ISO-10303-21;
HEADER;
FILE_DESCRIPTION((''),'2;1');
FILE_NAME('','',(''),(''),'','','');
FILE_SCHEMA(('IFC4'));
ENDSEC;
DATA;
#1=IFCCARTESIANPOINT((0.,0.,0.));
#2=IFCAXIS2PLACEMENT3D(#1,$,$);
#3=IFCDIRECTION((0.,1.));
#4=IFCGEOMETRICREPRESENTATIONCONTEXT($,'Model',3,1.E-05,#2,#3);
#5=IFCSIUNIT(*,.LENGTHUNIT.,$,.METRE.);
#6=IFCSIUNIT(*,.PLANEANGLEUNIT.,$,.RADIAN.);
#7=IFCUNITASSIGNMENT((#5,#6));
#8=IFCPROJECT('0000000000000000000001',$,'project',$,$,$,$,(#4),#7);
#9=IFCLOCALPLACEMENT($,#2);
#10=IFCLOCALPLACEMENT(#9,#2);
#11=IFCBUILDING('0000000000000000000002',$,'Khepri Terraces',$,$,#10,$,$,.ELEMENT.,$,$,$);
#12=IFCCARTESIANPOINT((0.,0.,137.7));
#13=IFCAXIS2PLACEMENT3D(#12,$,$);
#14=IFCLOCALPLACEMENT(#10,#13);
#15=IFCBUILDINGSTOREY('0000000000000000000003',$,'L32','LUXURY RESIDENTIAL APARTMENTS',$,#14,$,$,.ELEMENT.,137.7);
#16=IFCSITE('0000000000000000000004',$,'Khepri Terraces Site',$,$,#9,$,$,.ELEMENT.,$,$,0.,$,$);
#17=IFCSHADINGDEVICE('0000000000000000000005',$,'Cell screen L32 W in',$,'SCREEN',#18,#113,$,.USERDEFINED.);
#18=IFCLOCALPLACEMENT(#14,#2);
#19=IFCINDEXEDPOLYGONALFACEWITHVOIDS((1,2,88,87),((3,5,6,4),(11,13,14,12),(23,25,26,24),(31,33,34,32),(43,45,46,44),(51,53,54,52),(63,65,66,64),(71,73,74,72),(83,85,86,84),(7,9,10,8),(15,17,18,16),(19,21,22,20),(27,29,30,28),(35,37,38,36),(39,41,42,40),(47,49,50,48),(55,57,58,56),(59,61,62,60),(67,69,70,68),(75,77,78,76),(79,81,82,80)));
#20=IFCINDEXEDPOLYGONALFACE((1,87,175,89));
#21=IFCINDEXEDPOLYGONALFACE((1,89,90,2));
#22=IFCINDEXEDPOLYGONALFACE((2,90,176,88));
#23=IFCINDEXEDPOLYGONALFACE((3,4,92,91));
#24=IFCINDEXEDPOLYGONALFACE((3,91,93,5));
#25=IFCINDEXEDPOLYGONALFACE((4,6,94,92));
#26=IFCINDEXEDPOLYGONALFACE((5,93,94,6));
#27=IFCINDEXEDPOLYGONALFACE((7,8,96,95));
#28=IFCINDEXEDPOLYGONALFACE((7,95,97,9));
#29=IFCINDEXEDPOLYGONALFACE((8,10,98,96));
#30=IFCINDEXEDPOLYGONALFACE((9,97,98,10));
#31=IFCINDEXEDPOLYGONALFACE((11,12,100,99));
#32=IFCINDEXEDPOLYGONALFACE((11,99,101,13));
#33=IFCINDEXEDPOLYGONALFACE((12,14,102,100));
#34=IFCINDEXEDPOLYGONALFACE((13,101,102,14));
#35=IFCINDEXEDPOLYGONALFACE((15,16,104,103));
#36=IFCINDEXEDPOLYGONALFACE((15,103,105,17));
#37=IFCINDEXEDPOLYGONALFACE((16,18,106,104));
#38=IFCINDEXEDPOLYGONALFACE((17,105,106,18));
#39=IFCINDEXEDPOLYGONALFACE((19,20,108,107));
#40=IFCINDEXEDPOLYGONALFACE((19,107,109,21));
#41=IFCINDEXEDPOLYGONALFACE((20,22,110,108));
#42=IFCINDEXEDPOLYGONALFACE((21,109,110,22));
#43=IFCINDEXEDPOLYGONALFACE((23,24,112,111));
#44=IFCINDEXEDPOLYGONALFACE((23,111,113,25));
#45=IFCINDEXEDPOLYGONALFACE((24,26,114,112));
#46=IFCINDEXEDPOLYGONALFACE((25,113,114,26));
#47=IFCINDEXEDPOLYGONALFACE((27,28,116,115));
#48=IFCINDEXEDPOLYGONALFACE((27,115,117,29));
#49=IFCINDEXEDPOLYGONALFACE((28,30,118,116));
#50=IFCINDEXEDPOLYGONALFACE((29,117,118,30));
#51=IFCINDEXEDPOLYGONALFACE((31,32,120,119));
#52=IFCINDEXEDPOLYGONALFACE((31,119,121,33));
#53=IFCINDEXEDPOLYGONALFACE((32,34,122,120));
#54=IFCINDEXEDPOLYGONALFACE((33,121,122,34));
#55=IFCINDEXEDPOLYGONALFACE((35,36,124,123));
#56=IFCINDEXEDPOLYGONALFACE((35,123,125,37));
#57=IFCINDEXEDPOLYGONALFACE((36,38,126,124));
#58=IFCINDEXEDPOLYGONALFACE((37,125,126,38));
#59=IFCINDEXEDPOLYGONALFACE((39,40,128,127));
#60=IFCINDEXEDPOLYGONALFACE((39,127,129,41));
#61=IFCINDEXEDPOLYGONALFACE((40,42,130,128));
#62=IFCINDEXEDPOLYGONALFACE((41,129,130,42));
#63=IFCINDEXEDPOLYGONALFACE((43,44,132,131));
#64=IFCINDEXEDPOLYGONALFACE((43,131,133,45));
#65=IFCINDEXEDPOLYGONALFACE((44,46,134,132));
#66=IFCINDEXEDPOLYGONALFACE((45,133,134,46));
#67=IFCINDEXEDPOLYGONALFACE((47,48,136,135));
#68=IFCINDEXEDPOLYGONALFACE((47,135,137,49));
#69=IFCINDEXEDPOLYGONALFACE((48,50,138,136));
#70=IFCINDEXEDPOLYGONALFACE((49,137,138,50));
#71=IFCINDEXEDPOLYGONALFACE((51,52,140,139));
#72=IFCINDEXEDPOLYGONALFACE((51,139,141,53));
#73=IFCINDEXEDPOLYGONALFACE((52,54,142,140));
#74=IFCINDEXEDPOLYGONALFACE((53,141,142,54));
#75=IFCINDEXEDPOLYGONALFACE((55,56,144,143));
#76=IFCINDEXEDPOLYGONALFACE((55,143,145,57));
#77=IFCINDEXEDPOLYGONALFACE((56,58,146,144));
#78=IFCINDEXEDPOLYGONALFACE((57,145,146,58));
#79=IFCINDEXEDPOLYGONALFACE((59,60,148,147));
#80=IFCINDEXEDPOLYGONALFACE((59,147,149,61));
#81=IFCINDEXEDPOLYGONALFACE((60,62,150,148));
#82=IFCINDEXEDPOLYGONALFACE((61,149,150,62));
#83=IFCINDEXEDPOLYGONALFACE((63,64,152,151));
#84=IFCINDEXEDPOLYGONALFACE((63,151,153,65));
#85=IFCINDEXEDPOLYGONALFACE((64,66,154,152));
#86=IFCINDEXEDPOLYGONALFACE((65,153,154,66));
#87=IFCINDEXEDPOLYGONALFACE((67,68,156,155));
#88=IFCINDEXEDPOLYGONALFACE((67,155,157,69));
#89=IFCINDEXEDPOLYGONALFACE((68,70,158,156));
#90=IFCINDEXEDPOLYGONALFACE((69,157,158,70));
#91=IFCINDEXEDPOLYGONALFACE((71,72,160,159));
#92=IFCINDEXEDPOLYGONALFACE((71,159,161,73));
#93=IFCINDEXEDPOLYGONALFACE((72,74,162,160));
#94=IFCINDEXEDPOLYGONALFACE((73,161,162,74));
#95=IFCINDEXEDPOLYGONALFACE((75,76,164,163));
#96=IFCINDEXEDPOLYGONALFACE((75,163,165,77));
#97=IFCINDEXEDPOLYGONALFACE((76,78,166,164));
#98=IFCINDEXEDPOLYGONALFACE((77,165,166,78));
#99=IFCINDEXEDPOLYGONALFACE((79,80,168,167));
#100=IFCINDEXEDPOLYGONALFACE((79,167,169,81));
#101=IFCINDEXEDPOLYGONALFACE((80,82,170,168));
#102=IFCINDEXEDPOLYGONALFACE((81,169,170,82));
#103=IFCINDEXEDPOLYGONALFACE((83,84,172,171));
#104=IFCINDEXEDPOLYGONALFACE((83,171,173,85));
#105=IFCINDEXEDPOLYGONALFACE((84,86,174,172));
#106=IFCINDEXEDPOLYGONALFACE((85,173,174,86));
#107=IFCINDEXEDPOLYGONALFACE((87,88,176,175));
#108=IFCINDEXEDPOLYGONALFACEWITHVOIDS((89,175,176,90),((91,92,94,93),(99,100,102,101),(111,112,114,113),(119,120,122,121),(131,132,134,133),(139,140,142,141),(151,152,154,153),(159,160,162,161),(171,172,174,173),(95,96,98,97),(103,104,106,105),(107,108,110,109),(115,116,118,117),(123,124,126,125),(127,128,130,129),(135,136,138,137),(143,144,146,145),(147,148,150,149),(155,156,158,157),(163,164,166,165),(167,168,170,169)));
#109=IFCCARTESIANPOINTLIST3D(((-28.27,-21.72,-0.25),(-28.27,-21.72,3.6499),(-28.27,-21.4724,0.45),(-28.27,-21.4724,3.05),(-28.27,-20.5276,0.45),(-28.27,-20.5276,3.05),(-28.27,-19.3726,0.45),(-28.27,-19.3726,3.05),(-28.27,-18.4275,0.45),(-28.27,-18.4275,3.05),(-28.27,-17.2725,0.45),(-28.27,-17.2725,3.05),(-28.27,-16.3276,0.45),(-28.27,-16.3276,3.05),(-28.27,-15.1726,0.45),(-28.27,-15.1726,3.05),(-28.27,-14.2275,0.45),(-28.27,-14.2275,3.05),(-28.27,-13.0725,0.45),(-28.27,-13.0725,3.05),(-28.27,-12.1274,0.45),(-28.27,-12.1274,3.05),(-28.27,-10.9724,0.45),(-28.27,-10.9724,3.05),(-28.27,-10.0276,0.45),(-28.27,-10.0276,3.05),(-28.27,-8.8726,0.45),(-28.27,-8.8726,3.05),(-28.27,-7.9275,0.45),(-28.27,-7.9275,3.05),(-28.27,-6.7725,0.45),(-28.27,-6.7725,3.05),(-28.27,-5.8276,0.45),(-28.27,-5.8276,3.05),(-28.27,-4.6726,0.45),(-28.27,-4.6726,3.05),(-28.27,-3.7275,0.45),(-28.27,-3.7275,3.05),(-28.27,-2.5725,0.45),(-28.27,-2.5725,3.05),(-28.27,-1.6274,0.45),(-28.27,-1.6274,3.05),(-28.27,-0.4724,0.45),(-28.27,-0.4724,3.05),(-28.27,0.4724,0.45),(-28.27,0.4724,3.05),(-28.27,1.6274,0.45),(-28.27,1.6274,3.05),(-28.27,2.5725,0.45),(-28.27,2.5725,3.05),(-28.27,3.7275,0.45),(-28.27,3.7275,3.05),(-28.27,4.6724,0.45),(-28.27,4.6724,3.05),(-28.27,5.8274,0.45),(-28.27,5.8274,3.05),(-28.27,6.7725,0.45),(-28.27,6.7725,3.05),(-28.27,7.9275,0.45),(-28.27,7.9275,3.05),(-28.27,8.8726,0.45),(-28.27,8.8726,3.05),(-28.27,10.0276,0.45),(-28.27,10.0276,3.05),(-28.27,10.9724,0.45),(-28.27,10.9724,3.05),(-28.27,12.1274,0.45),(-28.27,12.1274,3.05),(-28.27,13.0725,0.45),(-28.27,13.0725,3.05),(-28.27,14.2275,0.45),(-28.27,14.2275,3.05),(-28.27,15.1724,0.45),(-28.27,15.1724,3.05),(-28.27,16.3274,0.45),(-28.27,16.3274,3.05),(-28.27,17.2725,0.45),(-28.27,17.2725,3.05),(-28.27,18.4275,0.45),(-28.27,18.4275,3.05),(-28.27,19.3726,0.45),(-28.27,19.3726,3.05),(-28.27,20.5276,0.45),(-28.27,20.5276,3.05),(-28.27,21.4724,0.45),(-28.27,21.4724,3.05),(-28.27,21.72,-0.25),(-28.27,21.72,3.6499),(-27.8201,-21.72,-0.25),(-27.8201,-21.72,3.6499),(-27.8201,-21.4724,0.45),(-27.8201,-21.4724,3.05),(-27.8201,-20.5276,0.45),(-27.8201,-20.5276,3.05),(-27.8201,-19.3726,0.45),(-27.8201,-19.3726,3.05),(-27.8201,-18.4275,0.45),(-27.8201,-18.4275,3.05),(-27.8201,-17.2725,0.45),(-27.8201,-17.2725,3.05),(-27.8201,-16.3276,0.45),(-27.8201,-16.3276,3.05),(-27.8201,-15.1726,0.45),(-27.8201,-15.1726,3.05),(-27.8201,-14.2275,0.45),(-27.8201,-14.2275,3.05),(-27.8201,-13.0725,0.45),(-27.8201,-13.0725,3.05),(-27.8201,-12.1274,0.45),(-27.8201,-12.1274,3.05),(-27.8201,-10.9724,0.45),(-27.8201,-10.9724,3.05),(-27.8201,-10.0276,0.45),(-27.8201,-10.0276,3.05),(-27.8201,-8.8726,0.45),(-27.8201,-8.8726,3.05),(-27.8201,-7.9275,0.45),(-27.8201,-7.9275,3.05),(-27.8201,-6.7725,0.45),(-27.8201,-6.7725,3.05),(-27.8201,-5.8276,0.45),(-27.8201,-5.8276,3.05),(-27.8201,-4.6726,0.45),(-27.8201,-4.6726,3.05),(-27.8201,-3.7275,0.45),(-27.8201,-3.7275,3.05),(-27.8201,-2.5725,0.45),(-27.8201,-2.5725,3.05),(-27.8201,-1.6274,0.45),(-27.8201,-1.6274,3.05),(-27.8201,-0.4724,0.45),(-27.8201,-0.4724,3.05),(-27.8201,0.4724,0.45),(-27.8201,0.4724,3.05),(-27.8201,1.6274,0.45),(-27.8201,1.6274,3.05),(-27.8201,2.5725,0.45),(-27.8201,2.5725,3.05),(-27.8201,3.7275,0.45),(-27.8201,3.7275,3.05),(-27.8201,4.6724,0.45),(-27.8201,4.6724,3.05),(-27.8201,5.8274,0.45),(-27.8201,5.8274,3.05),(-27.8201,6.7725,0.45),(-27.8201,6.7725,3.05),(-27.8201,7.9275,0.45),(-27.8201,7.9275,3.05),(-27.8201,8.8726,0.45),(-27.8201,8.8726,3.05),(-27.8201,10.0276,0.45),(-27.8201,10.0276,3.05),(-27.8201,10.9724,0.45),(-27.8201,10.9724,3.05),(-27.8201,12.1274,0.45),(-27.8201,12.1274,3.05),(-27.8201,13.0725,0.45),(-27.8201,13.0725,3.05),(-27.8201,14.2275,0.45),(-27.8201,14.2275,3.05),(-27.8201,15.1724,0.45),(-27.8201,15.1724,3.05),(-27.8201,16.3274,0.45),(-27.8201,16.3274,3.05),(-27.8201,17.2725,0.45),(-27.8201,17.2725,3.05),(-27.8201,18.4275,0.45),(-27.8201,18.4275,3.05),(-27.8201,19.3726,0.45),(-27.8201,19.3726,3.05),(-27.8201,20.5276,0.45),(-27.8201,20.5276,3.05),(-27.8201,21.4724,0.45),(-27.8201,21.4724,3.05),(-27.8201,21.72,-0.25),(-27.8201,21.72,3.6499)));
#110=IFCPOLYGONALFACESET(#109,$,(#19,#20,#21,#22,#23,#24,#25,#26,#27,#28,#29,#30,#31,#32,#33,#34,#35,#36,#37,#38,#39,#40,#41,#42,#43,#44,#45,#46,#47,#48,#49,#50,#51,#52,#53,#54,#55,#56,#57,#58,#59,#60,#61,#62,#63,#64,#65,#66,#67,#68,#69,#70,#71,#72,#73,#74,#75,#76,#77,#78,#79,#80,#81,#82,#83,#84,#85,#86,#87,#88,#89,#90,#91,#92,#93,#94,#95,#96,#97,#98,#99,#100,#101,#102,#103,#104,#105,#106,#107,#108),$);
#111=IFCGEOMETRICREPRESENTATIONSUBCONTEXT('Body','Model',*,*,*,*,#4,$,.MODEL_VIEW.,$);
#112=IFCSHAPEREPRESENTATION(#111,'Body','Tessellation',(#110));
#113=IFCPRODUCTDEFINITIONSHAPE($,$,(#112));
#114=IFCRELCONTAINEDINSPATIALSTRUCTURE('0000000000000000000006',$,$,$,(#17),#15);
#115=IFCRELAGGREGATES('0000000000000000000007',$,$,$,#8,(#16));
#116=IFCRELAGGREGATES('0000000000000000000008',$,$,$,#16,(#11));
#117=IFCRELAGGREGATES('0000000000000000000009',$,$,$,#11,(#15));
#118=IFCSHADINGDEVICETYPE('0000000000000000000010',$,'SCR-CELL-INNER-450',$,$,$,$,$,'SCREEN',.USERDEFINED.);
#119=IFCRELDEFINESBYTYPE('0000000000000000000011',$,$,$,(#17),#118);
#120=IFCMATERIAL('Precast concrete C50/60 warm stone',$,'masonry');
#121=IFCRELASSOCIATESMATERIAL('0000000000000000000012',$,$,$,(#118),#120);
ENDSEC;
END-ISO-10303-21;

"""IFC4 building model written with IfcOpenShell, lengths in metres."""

from ifc_helpers import new_model, si_unit, direction, frame, origin, place, context, subcontext, project, spatial, polyline, outline, extrude, material, type_object, element, save


model = new_model("IFC4")

# Units and contexts
model_context = context("Model", 3, precision=1e-05, world=origin(), true_north=direction((0.0, 1.0)))
body_context = subcontext(model_context, "Body", "Model", "MODEL_VIEW")
ifc_project = project(units=[si_unit("LENGTHUNIT", "METRE"), si_unit("PLANEANGLEUNIT", "RADIAN")], contexts=[model_context])

# Site, building, storey
site_placement = place(None, origin())
site = spatial("IfcSite", under=ifc_project, at=site_placement, Name="Khepri Terraces Site", CompositionType="ELEMENT", RefElevation=0.0)
building_placement = place(site_placement, origin())
building = spatial("IfcBuilding", under=site, at=building_placement, Name="Khepri Terraces", CompositionType="ELEMENT")
storey_placement = place(building_placement, frame((0.0, 0.0, 137.7)))
storey = spatial("IfcBuildingStorey", under=building, at=storey_placement, Name="L32", Description="LUXURY RESIDENTIAL APARTMENTS", CompositionType="ELEMENT", Elevation=137.7)

# Shared definitions
ifc_material_1 = material(Name="Precast concrete C50/60 warm stone", Category="masonry")

# Shading device
shading_device_type_1 = type_object("IfcShadingDeviceType", Name="SCR-CELL-INNER-450", ElementType="SCREEN", PredefinedType="USERDEFINED", material=ifc_material_1)
shading_device_1_placement = place(storey_placement, frame((-27.8201, 21.72, -0.25), z_axis=(-1.0, 0.0, 0.0), x_axis=(0.0, -1.0, 0.0)))
element("IfcShadingDevice", 1, at=shading_device_1_placement, inside=storey, type_object=shading_device_type_1, Name="Cell screen L32 W in", ObjectType="SCREEN", PredefinedType="USERDEFINED", context=body_context, shape_type="SweptSolid", body=[
    extrude(outline(polyline([(0.0, 0.0), (43.4399, 0.0), (43.4399, 3.8999), (0.0, 3.8999), (0.0, 0.0)]), holes=[polyline([(0.2476, 0.7), (1.1924, 0.7), (1.1924, 3.3), (0.2476, 3.3), (0.2476, 0.7)]), polyline([(2.3474, 0.7), (3.2925, 0.7), (3.2925, 3.3), (2.3474, 3.3), (2.3474, 0.7)]), polyline([(4.4475, 0.7), (5.3926, 0.7), (5.3926, 3.3), (4.4475, 3.3), (4.4475, 0.7)]), polyline([(6.5476, 0.7), (7.4924, 0.7), (7.4924, 3.3), (6.5476, 3.3), (6.5476, 0.7)]), polyline([(8.6475, 0.7), (9.5925, 0.7), (9.5925, 3.3), (8.6475, 3.3), (8.6475, 0.7)]), polyline([(10.7476, 0.7), (11.6924, 0.7), (11.6924, 3.3), (10.7476, 3.3), (10.7476, 0.7)]), polyline([(12.8474, 0.7), (13.7925, 0.7), (13.7925, 3.3), (12.8474, 3.3), (12.8474, 0.7)]), polyline([(14.9475, 0.7), (15.8926, 0.7), (15.8926, 3.3), (14.9475, 3.3), (14.9475, 0.7)]), polyline([(17.0476, 0.7), (17.9924, 0.7), (17.9924, 3.3), (17.0476, 3.3), (17.0476, 0.7)]), polyline([(19.1475, 0.7), (20.0925, 0.7), (20.0925, 3.3), (19.1475, 3.3), (19.1475, 0.7)]), polyline([(21.2476, 0.7), (22.1924, 0.7), (22.1924, 3.3), (21.2476, 3.3), (21.2476, 0.7)]), polyline([(23.3474, 0.7), (24.2925, 0.7), (24.2925, 3.3), (23.3474, 3.3), (23.3474, 0.7)]), polyline([(25.4475, 0.7), (26.3926, 0.7), (26.3926, 3.3), (25.4475, 3.3), (25.4475, 0.7)]), polyline([(27.5476, 0.7), (28.4924, 0.7), (28.4924, 3.3), (27.5476, 3.3), (27.5476, 0.7)]), polyline([(29.6475, 0.7), (30.5925, 0.7), (30.5925, 3.3), (29.6475, 3.3), (29.6475, 0.7)]), polyline([(31.7476, 0.7), (32.6924, 0.7), (32.6924, 3.3), (31.7476, 3.3), (31.7476, 0.7)]), polyline([(33.8474, 0.7), (34.7925, 0.7), (34.7925, 3.3), (33.8474, 3.3), (33.8474, 0.7)]), polyline([(35.9475, 0.7), (36.8926, 0.7), (36.8926, 3.3), (35.9475, 3.3), (35.9475, 0.7)]), polyline([(38.0476, 0.7), (38.9924, 0.7), (38.9924, 3.3), (38.0476, 3.3), (38.0476, 0.7)]), polyline([(40.1475, 0.7), (41.0925, 0.7), (41.0925, 3.3), (40.1475, 3.3), (40.1475, 0.7)]), polyline([(42.2476, 0.7), (43.1924, 0.7), (43.1924, 3.3), (42.2476, 3.3), (42.2476, 0.7)])]), origin(), (0.0, 0.0, 1.0), 0.45),
])

save(model, "model.ifc")
